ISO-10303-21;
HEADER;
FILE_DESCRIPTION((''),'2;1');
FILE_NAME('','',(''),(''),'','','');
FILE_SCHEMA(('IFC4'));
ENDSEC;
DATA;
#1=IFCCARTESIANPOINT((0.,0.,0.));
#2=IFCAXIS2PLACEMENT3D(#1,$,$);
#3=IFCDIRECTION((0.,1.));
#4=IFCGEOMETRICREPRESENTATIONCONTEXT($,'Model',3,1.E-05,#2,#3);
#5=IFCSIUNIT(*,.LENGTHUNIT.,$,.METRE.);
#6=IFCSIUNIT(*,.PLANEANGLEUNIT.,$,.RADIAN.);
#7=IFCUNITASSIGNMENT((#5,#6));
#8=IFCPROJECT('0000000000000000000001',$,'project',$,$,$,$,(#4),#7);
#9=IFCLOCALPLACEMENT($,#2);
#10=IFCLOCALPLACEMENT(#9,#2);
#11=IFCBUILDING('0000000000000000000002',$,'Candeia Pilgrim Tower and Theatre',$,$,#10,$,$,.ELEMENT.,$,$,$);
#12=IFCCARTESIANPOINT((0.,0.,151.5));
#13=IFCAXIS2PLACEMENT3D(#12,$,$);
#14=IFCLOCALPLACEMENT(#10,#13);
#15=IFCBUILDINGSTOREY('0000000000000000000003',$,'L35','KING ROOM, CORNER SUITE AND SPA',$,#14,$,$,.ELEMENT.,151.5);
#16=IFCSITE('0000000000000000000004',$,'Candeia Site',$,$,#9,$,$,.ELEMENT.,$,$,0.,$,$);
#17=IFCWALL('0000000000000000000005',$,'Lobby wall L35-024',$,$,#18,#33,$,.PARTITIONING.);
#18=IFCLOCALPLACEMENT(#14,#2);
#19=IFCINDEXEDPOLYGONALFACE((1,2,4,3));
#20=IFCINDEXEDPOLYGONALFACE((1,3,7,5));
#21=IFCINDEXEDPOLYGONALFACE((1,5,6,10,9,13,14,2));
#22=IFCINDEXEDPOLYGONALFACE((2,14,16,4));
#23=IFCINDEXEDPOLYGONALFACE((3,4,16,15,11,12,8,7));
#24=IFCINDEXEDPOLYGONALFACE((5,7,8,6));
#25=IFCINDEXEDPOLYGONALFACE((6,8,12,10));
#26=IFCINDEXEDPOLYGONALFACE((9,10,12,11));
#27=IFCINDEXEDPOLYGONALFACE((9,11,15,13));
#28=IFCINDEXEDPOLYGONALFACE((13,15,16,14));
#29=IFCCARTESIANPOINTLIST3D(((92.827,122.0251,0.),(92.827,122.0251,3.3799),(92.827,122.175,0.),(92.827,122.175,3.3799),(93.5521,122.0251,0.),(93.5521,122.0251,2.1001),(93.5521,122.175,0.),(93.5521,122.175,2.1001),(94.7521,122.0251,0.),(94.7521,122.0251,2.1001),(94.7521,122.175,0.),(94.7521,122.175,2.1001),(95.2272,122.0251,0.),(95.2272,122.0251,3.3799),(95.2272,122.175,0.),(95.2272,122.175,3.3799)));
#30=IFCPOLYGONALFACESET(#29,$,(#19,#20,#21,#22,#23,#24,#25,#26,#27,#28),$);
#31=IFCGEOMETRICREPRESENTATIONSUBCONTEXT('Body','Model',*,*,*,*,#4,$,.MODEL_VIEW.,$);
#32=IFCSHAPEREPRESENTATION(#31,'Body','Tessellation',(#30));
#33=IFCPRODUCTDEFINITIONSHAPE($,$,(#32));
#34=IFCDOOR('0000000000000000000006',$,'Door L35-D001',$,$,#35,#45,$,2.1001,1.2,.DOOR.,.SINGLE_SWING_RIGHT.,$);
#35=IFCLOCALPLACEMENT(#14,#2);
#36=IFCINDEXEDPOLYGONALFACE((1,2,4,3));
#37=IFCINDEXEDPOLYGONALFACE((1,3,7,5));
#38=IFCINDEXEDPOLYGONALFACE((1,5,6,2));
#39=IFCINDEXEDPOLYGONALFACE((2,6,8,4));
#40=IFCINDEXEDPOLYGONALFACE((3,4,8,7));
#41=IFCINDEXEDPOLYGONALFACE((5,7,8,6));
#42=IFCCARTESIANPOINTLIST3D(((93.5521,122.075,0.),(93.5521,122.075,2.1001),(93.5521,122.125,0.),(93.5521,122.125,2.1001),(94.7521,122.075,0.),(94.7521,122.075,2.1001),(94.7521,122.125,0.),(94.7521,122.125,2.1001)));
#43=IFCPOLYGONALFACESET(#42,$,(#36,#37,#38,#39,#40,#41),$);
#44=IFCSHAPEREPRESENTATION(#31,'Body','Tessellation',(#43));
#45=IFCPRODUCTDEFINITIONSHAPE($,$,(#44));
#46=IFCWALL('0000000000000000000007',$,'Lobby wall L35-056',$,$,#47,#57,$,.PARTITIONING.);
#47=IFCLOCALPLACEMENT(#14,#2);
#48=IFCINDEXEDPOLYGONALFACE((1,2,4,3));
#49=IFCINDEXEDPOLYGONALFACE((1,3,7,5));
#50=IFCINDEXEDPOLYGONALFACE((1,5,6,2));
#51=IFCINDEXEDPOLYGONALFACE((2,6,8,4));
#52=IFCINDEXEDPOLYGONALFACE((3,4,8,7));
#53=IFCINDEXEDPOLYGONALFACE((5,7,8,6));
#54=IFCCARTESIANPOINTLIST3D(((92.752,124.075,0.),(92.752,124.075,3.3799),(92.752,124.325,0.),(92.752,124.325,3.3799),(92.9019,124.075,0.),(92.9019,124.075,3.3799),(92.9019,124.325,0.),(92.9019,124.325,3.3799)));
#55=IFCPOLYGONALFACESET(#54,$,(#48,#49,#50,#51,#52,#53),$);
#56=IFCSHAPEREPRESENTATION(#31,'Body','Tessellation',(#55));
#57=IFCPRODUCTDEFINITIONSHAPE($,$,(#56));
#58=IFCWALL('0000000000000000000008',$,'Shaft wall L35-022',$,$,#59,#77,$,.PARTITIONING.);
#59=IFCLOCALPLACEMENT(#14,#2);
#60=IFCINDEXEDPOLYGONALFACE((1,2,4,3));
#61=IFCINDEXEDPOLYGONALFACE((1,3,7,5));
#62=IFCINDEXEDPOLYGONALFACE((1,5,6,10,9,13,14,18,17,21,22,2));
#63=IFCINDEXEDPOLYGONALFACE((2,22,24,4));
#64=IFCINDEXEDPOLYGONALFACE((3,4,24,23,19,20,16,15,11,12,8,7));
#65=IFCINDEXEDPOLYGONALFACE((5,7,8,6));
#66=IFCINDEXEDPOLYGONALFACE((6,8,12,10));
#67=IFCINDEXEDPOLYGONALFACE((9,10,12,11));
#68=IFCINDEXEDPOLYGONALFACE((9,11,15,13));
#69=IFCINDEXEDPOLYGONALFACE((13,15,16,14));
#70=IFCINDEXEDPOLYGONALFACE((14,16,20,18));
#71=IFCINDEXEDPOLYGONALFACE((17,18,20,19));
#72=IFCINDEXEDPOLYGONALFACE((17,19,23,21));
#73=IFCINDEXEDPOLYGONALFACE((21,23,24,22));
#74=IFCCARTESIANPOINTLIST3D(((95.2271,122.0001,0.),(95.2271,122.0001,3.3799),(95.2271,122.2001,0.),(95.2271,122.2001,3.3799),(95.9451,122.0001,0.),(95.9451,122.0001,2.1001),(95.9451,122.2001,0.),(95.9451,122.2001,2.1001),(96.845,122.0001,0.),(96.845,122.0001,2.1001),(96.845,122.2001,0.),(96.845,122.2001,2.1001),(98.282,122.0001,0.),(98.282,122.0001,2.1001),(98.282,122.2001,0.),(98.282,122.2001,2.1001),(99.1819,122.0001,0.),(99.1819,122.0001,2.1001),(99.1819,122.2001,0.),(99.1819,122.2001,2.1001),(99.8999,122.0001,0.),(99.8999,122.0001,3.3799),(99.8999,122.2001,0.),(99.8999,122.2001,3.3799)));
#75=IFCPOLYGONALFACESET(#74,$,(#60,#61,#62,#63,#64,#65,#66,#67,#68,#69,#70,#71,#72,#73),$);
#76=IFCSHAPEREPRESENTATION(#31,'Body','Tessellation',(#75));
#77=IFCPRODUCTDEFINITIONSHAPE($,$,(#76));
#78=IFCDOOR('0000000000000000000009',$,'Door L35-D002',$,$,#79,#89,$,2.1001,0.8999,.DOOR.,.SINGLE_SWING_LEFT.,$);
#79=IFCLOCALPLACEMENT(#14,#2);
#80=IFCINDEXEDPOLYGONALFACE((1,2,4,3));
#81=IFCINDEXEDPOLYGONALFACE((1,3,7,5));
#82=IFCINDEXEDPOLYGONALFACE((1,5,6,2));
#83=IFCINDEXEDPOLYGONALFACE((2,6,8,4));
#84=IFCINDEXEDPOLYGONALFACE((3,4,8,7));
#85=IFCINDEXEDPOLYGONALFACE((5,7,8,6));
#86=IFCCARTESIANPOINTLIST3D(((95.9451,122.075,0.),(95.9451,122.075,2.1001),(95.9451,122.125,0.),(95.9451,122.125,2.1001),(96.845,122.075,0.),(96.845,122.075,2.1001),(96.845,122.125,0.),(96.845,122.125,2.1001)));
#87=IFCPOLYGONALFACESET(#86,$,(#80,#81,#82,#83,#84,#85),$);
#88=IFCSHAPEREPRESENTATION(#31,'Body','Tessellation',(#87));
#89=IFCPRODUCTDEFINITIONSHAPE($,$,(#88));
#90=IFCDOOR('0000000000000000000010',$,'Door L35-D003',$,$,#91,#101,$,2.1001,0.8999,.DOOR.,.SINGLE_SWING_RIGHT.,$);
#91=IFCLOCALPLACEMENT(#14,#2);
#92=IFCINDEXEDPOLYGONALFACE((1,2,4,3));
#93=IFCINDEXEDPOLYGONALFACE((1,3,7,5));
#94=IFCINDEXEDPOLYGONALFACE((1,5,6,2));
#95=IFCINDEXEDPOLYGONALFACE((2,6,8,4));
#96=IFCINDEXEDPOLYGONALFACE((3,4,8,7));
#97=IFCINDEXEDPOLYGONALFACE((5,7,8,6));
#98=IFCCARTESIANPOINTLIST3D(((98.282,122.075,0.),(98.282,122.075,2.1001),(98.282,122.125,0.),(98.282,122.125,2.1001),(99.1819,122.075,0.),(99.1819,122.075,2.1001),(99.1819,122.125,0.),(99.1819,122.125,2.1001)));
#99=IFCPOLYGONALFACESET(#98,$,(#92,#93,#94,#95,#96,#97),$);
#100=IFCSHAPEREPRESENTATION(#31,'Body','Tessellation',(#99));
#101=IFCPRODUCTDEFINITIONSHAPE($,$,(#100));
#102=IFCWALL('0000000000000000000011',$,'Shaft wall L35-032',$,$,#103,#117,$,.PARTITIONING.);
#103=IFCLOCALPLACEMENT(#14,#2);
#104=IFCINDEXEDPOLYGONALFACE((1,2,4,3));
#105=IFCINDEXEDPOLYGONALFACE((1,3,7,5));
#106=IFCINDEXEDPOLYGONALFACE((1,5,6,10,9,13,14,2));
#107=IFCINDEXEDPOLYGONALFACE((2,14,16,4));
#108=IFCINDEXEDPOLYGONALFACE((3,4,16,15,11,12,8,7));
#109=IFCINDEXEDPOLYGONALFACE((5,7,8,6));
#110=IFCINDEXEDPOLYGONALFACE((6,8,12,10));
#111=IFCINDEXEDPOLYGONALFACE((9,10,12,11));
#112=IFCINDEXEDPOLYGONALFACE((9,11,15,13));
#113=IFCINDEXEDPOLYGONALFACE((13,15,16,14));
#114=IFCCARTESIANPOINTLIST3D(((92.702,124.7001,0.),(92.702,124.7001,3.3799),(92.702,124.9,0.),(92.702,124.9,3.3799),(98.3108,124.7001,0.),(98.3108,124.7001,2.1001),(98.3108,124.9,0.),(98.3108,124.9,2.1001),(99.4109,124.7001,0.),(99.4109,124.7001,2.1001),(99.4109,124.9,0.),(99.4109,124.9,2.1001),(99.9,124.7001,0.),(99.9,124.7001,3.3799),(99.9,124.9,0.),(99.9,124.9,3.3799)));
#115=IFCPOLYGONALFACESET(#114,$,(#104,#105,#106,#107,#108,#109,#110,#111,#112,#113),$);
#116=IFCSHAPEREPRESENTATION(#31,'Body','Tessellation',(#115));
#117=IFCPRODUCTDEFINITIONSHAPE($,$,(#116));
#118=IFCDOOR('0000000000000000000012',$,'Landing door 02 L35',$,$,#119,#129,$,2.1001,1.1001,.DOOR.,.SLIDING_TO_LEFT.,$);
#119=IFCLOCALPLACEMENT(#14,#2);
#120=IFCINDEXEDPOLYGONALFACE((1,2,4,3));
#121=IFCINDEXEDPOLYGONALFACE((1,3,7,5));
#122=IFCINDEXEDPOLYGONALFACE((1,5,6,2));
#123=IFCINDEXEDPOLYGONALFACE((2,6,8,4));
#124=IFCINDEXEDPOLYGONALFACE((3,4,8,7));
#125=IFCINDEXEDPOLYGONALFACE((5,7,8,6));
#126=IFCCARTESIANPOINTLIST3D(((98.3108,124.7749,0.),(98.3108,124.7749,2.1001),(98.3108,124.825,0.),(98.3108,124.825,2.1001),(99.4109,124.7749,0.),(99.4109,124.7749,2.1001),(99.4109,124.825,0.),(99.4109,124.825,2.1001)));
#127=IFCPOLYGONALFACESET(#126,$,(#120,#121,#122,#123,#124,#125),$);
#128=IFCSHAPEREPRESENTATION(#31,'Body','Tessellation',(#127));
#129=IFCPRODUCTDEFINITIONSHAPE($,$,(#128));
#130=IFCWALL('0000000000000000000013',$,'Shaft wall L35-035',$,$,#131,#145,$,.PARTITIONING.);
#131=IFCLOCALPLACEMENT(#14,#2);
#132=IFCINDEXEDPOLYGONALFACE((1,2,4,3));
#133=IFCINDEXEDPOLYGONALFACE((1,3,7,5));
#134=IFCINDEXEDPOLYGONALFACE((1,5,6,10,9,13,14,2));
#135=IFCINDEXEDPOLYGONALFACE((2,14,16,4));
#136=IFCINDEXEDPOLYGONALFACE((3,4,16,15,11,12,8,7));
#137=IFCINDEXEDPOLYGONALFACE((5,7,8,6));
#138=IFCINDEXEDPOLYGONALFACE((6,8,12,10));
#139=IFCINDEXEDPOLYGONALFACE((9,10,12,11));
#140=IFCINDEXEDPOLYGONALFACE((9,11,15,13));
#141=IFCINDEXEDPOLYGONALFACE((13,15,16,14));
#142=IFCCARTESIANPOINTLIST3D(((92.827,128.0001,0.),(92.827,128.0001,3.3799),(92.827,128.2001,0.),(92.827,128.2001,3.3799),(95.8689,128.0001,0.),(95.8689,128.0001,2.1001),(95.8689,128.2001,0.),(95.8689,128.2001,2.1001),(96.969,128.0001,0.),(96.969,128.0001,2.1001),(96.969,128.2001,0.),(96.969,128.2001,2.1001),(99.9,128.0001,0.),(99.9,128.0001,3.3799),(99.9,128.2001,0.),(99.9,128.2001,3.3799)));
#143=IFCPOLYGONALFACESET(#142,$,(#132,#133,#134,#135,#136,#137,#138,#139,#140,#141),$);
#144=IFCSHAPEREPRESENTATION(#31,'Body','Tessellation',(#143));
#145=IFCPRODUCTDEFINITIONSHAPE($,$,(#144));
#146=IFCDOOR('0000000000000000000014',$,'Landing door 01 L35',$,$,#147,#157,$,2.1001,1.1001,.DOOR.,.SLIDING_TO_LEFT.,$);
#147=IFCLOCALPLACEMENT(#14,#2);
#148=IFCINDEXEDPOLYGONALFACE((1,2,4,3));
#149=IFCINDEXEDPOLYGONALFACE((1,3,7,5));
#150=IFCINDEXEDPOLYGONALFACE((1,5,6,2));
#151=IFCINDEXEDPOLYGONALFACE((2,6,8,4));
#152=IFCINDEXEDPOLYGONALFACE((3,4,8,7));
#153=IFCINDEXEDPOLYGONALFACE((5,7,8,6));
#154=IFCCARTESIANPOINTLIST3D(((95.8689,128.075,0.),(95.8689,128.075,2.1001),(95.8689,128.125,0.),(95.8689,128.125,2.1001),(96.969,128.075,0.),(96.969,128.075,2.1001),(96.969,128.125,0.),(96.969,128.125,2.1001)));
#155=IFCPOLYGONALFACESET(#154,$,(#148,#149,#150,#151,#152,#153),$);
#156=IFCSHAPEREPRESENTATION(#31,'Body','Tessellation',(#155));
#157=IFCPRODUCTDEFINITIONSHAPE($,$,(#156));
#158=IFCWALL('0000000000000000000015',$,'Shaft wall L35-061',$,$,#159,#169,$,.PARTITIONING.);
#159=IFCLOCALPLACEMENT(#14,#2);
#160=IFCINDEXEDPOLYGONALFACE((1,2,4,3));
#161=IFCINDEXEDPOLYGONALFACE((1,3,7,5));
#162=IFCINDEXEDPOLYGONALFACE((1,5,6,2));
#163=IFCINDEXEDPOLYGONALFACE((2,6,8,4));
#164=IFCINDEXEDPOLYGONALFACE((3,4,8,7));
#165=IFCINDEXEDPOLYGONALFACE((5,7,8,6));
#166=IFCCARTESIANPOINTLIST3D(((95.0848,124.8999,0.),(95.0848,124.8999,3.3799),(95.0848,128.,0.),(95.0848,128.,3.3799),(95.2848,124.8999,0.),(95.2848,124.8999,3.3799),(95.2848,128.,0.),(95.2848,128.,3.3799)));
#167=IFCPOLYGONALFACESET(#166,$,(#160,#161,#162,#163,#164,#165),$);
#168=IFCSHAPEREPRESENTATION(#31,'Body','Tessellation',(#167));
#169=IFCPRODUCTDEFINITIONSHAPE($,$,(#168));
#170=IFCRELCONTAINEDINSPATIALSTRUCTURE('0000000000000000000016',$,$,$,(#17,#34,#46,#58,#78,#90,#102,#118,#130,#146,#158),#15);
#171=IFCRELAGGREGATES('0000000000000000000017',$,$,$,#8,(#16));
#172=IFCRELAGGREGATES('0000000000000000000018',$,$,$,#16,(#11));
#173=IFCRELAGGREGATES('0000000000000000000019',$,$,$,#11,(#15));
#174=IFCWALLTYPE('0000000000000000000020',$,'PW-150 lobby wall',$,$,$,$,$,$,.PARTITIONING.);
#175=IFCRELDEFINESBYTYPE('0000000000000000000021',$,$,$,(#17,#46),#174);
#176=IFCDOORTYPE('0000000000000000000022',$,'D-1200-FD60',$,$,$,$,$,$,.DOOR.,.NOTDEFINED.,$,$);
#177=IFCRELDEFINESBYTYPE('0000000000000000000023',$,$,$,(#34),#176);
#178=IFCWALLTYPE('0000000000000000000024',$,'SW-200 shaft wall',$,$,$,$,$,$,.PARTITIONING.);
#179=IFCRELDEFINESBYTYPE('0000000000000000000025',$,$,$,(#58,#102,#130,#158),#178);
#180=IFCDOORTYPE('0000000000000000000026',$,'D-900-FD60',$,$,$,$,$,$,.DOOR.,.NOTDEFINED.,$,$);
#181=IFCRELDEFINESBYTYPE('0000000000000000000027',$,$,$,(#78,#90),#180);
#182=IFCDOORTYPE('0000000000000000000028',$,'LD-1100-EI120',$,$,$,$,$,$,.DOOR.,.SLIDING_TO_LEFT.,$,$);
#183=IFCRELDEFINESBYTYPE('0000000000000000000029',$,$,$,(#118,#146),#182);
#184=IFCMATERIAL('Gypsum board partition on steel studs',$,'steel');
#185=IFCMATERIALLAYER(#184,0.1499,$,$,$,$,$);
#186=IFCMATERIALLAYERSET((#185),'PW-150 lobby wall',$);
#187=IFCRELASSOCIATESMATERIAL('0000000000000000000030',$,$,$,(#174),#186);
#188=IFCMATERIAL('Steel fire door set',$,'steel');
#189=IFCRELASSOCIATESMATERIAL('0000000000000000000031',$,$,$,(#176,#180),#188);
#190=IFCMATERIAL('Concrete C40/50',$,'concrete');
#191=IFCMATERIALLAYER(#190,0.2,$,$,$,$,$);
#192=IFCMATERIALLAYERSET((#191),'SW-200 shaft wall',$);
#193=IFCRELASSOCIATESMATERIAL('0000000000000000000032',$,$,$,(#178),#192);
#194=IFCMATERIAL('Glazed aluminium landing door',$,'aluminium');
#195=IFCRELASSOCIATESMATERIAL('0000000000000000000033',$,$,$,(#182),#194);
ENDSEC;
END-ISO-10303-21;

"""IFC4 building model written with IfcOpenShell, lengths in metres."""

from ifc_helpers import new_model, si_unit, direction, frame, frame_2d, origin, place, context, subcontext, project, spatial, rectangle, extrude, material, layer, layer_set, type_object, element, fill, save


model = new_model("IFC4")

# Units and contexts
model_context = context("Model", 3, precision=1e-05, world=origin(), true_north=direction((0.0, 1.0)))
body_context = subcontext(model_context, "Body", "Model", "MODEL_VIEW")
ifc_project = project(units=[si_unit("LENGTHUNIT", "METRE"), si_unit("PLANEANGLEUNIT", "RADIAN")], contexts=[model_context])

# Site, building, storey
site_placement = place(None, origin())
site = spatial("IfcSite", under=ifc_project, at=site_placement, Name="Candeia Site", CompositionType="ELEMENT", RefElevation=0.0)
building_placement = place(site_placement, origin())
building = spatial("IfcBuilding", under=site, at=building_placement, Name="Candeia Pilgrim Tower and Theatre", CompositionType="ELEMENT")
storey_placement = place(building_placement, frame((0.0, 0.0, 151.5)))
storey = spatial("IfcBuildingStorey", under=building, at=storey_placement, Name="L35", Description="KING ROOM, CORNER SUITE AND SPA", CompositionType="ELEMENT", Elevation=151.5)

# Wall, opening, door
ifc_material_1 = material(Name="Gypsum board partition on steel studs", Category="steel")
ifc_layer_1 = layer(ifc_material_1, 0.1499)
ifc_layer_set_1 = layer_set([ifc_layer_1], Name="PW-150 lobby wall")
wall_type_1 = type_object("IfcWallType", Name="PW-150 lobby wall", PredefinedType="PARTITIONING", material=ifc_layer_set_1)
wall_1_placement = place(storey_placement, frame((92.8269, 122.1001, 0.0), z_axis=(0.0, 0.0, 1.0), x_axis=(1.0, 0.0, 0.0)))
wall_1 = element("IfcWall", 1, at=wall_1_placement, inside=storey, type_object=wall_type_1, Name="Lobby wall L35-024", PredefinedType="PARTITIONING", context=body_context, shape_type="SweptSolid", body=[
    extrude(rectangle(XDim=2.4001, YDim=0.1499, at=frame_2d((1.2002, 0.0))), origin(), (0.0, 0.0, 1.0), 3.3799),
])
opening_1_placement = place(wall_1_placement, frame((0.7251, 0.0, 0.0)))
opening_1 = element("IfcOpeningElement", 2, at=opening_1_placement, cuts=wall_1, PredefinedType="OPENING", context=body_context, shape_type="SweptSolid", body=[
    extrude(rectangle(XDim=1.2, YDim=2.1001, at=frame_2d((0.6001, 1.05))), frame((0.0, 0.085, 0.0), z_axis=(0.0, -1.0, 0.0), x_axis=(1.0, 0.0, 0.0)), (0.0, 0.0, 1.0), 0.1699),
])
ifc_material_2 = material(Name="Steel fire door set", Category="steel")
door_type_1 = type_object("IfcDoorType", Name="D-1200-FD60", OperationType="NOTDEFINED", PredefinedType="DOOR", material=ifc_material_2)
door_1_placement = place(opening_1_placement, origin())
door_1 = element("IfcDoor", 3, at=door_1_placement, inside=storey, type_object=door_type_1, Name="Door L35-D001", OperationType="SINGLE_SWING_RIGHT", OverallHeight=2.1001, OverallWidth=1.2, PredefinedType="DOOR", context=body_context, shape_type="SweptSolid", body=[
    extrude(rectangle(XDim=1.2, YDim=2.1001, at=frame_2d((0.6001, 1.05))), frame((0.0, 0.0249, 0.0), z_axis=(0.0, -1.0, 0.0), x_axis=(1.0, 0.0, 0.0)), (0.0, 0.0, 1.0), 0.05),
])
fill(opening_1, door_1)

# Wall
wall_2_placement = place(storey_placement, frame((92.8269, 124.075, 0.0), z_axis=(0.0, 0.0, 1.0), x_axis=(0.0, 1.0, 0.0)))
element("IfcWall", 4, at=wall_2_placement, inside=storey, type_object=wall_type_1, Name="Lobby wall L35-056", PredefinedType="PARTITIONING", context=body_context, shape_type="SweptSolid", body=[
    extrude(rectangle(XDim=0.25, YDim=0.1499, at=frame_2d((0.125, 0.0))), origin(), (0.0, 0.0, 1.0), 3.3799),
])

# Wall, openings, doors
ifc_material_3 = material(Name="Concrete C40/50", Category="concrete")
ifc_layer_2 = layer(ifc_material_3, 0.2)
ifc_layer_set_2 = layer_set([ifc_layer_2], Name="SW-200 shaft wall")
wall_type_2 = type_object("IfcWallType", Name="SW-200 shaft wall", PredefinedType="PARTITIONING", material=ifc_layer_set_2)
wall_3_placement = place(storey_placement, frame((95.2271, 122.1001, 0.0), z_axis=(0.0, 0.0, 1.0), x_axis=(1.0, 0.0, 0.0)))
wall_3 = element("IfcWall", 5, at=wall_3_placement, inside=storey, type_object=wall_type_2, Name="Shaft wall L35-022", PredefinedType="PARTITIONING", context=body_context, shape_type="SweptSolid", body=[
    extrude(rectangle(XDim=4.6729, YDim=0.2, at=frame_2d((2.3364, 0.0))), origin(), (0.0, 0.0, 1.0), 3.3799),
])
opening_2_placement = place(wall_3_placement, frame((0.718, 0.0, 0.0)))
opening_2 = element("IfcOpeningElement", 6, at=opening_2_placement, cuts=wall_3, PredefinedType="OPENING", context=body_context, shape_type="SweptSolid", body=[
    extrude(rectangle(XDim=0.8999, YDim=2.1001, at=frame_2d((0.45, 1.05))), frame((0.0, 0.1099, 0.0), z_axis=(0.0, -1.0, 0.0), x_axis=(1.0, 0.0, 0.0)), (0.0, 0.0, 1.0), 0.22),
])
opening_3_placement = place(wall_3_placement, frame((3.0549, 0.0, 0.0)))
opening_3 = element("IfcOpeningElement", 7, at=opening_3_placement, cuts=wall_3, PredefinedType="OPENING", context=body_context, shape_type="SweptSolid", body=[
    extrude(rectangle(XDim=0.8999, YDim=2.1001, at=frame_2d((0.45, 1.05))), frame((0.0, 0.1099, 0.0), z_axis=(0.0, -1.0, 0.0), x_axis=(1.0, 0.0, 0.0)), (0.0, 0.0, 1.0), 0.22),
])
door_type_2 = type_object("IfcDoorType", Name="D-900-FD60", OperationType="NOTDEFINED", PredefinedType="DOOR", material=ifc_material_2)
door_2_placement = place(opening_2_placement, origin())
door_2 = element("IfcDoor", 8, at=door_2_placement, inside=storey, type_object=door_type_2, Name="Door L35-D002", OperationType="SINGLE_SWING_LEFT", OverallHeight=2.1001, OverallWidth=0.8999, PredefinedType="DOOR", context=body_context, shape_type="SweptSolid", body=[
    extrude(rectangle(XDim=0.8999, YDim=2.1001, at=frame_2d((0.45, 1.05))), frame((0.0, 0.0249, 0.0), z_axis=(0.0, -1.0, 0.0), x_axis=(1.0, 0.0, 0.0)), (0.0, 0.0, 1.0), 0.05),
])
fill(opening_2, door_2)
door_3_placement = place(opening_3_placement, origin())
door_3 = element("IfcDoor", 9, at=door_3_placement, inside=storey, type_object=door_type_2, Name="Door L35-D003", OperationType="SINGLE_SWING_RIGHT", OverallHeight=2.1001, OverallWidth=0.8999, PredefinedType="DOOR", context=body_context, shape_type="SweptSolid", body=[
    extrude(rectangle(XDim=0.8999, YDim=2.1001, at=frame_2d((0.45, 1.05))), frame((0.0, 0.0249, 0.0), z_axis=(0.0, -1.0, 0.0), x_axis=(1.0, 0.0, 0.0)), (0.0, 0.0, 1.0), 0.05),
])
fill(opening_3, door_3)

# Walls, openings, doors
wall_4_placement = place(storey_placement, frame((92.7019, 124.8, 0.0), z_axis=(0.0, 0.0, 1.0), x_axis=(1.0, 0.0, 0.0)))
wall_4 = element("IfcWall", 10, at=wall_4_placement, inside=storey, type_object=wall_type_2, Name="Shaft wall L35-032", PredefinedType="PARTITIONING", context=body_context, shape_type="SweptSolid", body=[
    extrude(rectangle(XDim=7.198, YDim=0.2, at=frame_2d((3.5991, 0.0))), origin(), (0.0, 0.0, 1.0), 3.3799),
])
opening_4_placement = place(wall_4_placement, frame((5.6089, 0.0, 0.0)))
opening_4 = element("IfcOpeningElement", 11, at=opening_4_placement, cuts=wall_4, PredefinedType="OPENING", context=body_context, shape_type="SweptSolid", body=[
    extrude(rectangle(XDim=1.1001, YDim=2.1001, at=frame_2d((0.55, 1.05))), frame((0.0, 0.1099, 0.0), z_axis=(0.0, -1.0, 0.0), x_axis=(1.0, 0.0, 0.0)), (0.0, 0.0, 1.0), 0.22),
])
ifc_material_4 = material(Name="Glazed aluminium landing door", Category="aluminium")
door_type_3 = type_object("IfcDoorType", Name="LD-1100-EI120", OperationType="SLIDING_TO_LEFT", PredefinedType="DOOR", material=ifc_material_4)
door_4_placement = place(opening_4_placement, origin())
door_4 = element("IfcDoor", 12, at=door_4_placement, inside=storey, type_object=door_type_3, Name="Landing door 02 L35", OperationType="SLIDING_TO_LEFT", OverallHeight=2.1001, OverallWidth=1.1001, PredefinedType="DOOR", context=body_context, shape_type="SweptSolid", body=[
    extrude(rectangle(XDim=1.1001, YDim=2.1001, at=frame_2d((0.55, 1.05))), frame((0.0, 0.0249, 0.0), z_axis=(0.0, -1.0, 0.0), x_axis=(1.0, 0.0, 0.0)), (0.0, 0.0, 1.0), 0.05),
])
fill(opening_4, door_4)
wall_5_placement = place(storey_placement, frame((92.8269, 128.1001, 0.0), z_axis=(0.0, 0.0, 1.0), x_axis=(1.0, 0.0, 0.0)))
wall_5 = element("IfcWall", 13, at=wall_5_placement, inside=storey, type_object=wall_type_2, Name="Shaft wall L35-035", PredefinedType="PARTITIONING", context=body_context, shape_type="SweptSolid", body=[
    extrude(rectangle(XDim=7.073, YDim=0.2, at=frame_2d((3.5366, 0.0))), origin(), (0.0, 0.0, 1.0), 3.3799),
])
opening_5_placement = place(wall_5_placement, frame((3.042, 0.0, 0.0)))
opening_5 = element("IfcOpeningElement", 14, at=opening_5_placement, cuts=wall_5, PredefinedType="OPENING", context=body_context, shape_type="SweptSolid", body=[
    extrude(rectangle(XDim=1.1001, YDim=2.1001, at=frame_2d((0.55, 1.05))), frame((0.0, 0.1099, 0.0), z_axis=(0.0, -1.0, 0.0), x_axis=(1.0, 0.0, 0.0)), (0.0, 0.0, 1.0), 0.22),
])
door_5_placement = place(opening_5_placement, origin())
door_5 = element("IfcDoor", 15, at=door_5_placement, inside=storey, type_object=door_type_3, Name="Landing door 01 L35", OperationType="SLIDING_TO_LEFT", OverallHeight=2.1001, OverallWidth=1.1001, PredefinedType="DOOR", context=body_context, shape_type="SweptSolid", body=[
    extrude(rectangle(XDim=1.1001, YDim=2.1001, at=frame_2d((0.55, 1.05))), frame((0.0, 0.0249, 0.0), z_axis=(0.0, -1.0, 0.0), x_axis=(1.0, 0.0, 0.0)), (0.0, 0.0, 1.0), 0.05),
])
fill(opening_5, door_5)

# Wall
wall_6_placement = place(storey_placement, frame((95.1848, 124.8999, 0.0), z_axis=(0.0, 0.0, 1.0), x_axis=(0.0, 1.0, 0.0)))
element("IfcWall", 16, at=wall_6_placement, inside=storey, type_object=wall_type_2, Name="Shaft wall L35-061", PredefinedType="PARTITIONING", context=body_context, shape_type="SweptSolid", body=[
    extrude(rectangle(XDim=3.1001, YDim=0.2, at=frame_2d((1.55, 0.0))), origin(), (0.0, 0.0, 1.0), 3.3799),
])

save(model, "model.ifc")
